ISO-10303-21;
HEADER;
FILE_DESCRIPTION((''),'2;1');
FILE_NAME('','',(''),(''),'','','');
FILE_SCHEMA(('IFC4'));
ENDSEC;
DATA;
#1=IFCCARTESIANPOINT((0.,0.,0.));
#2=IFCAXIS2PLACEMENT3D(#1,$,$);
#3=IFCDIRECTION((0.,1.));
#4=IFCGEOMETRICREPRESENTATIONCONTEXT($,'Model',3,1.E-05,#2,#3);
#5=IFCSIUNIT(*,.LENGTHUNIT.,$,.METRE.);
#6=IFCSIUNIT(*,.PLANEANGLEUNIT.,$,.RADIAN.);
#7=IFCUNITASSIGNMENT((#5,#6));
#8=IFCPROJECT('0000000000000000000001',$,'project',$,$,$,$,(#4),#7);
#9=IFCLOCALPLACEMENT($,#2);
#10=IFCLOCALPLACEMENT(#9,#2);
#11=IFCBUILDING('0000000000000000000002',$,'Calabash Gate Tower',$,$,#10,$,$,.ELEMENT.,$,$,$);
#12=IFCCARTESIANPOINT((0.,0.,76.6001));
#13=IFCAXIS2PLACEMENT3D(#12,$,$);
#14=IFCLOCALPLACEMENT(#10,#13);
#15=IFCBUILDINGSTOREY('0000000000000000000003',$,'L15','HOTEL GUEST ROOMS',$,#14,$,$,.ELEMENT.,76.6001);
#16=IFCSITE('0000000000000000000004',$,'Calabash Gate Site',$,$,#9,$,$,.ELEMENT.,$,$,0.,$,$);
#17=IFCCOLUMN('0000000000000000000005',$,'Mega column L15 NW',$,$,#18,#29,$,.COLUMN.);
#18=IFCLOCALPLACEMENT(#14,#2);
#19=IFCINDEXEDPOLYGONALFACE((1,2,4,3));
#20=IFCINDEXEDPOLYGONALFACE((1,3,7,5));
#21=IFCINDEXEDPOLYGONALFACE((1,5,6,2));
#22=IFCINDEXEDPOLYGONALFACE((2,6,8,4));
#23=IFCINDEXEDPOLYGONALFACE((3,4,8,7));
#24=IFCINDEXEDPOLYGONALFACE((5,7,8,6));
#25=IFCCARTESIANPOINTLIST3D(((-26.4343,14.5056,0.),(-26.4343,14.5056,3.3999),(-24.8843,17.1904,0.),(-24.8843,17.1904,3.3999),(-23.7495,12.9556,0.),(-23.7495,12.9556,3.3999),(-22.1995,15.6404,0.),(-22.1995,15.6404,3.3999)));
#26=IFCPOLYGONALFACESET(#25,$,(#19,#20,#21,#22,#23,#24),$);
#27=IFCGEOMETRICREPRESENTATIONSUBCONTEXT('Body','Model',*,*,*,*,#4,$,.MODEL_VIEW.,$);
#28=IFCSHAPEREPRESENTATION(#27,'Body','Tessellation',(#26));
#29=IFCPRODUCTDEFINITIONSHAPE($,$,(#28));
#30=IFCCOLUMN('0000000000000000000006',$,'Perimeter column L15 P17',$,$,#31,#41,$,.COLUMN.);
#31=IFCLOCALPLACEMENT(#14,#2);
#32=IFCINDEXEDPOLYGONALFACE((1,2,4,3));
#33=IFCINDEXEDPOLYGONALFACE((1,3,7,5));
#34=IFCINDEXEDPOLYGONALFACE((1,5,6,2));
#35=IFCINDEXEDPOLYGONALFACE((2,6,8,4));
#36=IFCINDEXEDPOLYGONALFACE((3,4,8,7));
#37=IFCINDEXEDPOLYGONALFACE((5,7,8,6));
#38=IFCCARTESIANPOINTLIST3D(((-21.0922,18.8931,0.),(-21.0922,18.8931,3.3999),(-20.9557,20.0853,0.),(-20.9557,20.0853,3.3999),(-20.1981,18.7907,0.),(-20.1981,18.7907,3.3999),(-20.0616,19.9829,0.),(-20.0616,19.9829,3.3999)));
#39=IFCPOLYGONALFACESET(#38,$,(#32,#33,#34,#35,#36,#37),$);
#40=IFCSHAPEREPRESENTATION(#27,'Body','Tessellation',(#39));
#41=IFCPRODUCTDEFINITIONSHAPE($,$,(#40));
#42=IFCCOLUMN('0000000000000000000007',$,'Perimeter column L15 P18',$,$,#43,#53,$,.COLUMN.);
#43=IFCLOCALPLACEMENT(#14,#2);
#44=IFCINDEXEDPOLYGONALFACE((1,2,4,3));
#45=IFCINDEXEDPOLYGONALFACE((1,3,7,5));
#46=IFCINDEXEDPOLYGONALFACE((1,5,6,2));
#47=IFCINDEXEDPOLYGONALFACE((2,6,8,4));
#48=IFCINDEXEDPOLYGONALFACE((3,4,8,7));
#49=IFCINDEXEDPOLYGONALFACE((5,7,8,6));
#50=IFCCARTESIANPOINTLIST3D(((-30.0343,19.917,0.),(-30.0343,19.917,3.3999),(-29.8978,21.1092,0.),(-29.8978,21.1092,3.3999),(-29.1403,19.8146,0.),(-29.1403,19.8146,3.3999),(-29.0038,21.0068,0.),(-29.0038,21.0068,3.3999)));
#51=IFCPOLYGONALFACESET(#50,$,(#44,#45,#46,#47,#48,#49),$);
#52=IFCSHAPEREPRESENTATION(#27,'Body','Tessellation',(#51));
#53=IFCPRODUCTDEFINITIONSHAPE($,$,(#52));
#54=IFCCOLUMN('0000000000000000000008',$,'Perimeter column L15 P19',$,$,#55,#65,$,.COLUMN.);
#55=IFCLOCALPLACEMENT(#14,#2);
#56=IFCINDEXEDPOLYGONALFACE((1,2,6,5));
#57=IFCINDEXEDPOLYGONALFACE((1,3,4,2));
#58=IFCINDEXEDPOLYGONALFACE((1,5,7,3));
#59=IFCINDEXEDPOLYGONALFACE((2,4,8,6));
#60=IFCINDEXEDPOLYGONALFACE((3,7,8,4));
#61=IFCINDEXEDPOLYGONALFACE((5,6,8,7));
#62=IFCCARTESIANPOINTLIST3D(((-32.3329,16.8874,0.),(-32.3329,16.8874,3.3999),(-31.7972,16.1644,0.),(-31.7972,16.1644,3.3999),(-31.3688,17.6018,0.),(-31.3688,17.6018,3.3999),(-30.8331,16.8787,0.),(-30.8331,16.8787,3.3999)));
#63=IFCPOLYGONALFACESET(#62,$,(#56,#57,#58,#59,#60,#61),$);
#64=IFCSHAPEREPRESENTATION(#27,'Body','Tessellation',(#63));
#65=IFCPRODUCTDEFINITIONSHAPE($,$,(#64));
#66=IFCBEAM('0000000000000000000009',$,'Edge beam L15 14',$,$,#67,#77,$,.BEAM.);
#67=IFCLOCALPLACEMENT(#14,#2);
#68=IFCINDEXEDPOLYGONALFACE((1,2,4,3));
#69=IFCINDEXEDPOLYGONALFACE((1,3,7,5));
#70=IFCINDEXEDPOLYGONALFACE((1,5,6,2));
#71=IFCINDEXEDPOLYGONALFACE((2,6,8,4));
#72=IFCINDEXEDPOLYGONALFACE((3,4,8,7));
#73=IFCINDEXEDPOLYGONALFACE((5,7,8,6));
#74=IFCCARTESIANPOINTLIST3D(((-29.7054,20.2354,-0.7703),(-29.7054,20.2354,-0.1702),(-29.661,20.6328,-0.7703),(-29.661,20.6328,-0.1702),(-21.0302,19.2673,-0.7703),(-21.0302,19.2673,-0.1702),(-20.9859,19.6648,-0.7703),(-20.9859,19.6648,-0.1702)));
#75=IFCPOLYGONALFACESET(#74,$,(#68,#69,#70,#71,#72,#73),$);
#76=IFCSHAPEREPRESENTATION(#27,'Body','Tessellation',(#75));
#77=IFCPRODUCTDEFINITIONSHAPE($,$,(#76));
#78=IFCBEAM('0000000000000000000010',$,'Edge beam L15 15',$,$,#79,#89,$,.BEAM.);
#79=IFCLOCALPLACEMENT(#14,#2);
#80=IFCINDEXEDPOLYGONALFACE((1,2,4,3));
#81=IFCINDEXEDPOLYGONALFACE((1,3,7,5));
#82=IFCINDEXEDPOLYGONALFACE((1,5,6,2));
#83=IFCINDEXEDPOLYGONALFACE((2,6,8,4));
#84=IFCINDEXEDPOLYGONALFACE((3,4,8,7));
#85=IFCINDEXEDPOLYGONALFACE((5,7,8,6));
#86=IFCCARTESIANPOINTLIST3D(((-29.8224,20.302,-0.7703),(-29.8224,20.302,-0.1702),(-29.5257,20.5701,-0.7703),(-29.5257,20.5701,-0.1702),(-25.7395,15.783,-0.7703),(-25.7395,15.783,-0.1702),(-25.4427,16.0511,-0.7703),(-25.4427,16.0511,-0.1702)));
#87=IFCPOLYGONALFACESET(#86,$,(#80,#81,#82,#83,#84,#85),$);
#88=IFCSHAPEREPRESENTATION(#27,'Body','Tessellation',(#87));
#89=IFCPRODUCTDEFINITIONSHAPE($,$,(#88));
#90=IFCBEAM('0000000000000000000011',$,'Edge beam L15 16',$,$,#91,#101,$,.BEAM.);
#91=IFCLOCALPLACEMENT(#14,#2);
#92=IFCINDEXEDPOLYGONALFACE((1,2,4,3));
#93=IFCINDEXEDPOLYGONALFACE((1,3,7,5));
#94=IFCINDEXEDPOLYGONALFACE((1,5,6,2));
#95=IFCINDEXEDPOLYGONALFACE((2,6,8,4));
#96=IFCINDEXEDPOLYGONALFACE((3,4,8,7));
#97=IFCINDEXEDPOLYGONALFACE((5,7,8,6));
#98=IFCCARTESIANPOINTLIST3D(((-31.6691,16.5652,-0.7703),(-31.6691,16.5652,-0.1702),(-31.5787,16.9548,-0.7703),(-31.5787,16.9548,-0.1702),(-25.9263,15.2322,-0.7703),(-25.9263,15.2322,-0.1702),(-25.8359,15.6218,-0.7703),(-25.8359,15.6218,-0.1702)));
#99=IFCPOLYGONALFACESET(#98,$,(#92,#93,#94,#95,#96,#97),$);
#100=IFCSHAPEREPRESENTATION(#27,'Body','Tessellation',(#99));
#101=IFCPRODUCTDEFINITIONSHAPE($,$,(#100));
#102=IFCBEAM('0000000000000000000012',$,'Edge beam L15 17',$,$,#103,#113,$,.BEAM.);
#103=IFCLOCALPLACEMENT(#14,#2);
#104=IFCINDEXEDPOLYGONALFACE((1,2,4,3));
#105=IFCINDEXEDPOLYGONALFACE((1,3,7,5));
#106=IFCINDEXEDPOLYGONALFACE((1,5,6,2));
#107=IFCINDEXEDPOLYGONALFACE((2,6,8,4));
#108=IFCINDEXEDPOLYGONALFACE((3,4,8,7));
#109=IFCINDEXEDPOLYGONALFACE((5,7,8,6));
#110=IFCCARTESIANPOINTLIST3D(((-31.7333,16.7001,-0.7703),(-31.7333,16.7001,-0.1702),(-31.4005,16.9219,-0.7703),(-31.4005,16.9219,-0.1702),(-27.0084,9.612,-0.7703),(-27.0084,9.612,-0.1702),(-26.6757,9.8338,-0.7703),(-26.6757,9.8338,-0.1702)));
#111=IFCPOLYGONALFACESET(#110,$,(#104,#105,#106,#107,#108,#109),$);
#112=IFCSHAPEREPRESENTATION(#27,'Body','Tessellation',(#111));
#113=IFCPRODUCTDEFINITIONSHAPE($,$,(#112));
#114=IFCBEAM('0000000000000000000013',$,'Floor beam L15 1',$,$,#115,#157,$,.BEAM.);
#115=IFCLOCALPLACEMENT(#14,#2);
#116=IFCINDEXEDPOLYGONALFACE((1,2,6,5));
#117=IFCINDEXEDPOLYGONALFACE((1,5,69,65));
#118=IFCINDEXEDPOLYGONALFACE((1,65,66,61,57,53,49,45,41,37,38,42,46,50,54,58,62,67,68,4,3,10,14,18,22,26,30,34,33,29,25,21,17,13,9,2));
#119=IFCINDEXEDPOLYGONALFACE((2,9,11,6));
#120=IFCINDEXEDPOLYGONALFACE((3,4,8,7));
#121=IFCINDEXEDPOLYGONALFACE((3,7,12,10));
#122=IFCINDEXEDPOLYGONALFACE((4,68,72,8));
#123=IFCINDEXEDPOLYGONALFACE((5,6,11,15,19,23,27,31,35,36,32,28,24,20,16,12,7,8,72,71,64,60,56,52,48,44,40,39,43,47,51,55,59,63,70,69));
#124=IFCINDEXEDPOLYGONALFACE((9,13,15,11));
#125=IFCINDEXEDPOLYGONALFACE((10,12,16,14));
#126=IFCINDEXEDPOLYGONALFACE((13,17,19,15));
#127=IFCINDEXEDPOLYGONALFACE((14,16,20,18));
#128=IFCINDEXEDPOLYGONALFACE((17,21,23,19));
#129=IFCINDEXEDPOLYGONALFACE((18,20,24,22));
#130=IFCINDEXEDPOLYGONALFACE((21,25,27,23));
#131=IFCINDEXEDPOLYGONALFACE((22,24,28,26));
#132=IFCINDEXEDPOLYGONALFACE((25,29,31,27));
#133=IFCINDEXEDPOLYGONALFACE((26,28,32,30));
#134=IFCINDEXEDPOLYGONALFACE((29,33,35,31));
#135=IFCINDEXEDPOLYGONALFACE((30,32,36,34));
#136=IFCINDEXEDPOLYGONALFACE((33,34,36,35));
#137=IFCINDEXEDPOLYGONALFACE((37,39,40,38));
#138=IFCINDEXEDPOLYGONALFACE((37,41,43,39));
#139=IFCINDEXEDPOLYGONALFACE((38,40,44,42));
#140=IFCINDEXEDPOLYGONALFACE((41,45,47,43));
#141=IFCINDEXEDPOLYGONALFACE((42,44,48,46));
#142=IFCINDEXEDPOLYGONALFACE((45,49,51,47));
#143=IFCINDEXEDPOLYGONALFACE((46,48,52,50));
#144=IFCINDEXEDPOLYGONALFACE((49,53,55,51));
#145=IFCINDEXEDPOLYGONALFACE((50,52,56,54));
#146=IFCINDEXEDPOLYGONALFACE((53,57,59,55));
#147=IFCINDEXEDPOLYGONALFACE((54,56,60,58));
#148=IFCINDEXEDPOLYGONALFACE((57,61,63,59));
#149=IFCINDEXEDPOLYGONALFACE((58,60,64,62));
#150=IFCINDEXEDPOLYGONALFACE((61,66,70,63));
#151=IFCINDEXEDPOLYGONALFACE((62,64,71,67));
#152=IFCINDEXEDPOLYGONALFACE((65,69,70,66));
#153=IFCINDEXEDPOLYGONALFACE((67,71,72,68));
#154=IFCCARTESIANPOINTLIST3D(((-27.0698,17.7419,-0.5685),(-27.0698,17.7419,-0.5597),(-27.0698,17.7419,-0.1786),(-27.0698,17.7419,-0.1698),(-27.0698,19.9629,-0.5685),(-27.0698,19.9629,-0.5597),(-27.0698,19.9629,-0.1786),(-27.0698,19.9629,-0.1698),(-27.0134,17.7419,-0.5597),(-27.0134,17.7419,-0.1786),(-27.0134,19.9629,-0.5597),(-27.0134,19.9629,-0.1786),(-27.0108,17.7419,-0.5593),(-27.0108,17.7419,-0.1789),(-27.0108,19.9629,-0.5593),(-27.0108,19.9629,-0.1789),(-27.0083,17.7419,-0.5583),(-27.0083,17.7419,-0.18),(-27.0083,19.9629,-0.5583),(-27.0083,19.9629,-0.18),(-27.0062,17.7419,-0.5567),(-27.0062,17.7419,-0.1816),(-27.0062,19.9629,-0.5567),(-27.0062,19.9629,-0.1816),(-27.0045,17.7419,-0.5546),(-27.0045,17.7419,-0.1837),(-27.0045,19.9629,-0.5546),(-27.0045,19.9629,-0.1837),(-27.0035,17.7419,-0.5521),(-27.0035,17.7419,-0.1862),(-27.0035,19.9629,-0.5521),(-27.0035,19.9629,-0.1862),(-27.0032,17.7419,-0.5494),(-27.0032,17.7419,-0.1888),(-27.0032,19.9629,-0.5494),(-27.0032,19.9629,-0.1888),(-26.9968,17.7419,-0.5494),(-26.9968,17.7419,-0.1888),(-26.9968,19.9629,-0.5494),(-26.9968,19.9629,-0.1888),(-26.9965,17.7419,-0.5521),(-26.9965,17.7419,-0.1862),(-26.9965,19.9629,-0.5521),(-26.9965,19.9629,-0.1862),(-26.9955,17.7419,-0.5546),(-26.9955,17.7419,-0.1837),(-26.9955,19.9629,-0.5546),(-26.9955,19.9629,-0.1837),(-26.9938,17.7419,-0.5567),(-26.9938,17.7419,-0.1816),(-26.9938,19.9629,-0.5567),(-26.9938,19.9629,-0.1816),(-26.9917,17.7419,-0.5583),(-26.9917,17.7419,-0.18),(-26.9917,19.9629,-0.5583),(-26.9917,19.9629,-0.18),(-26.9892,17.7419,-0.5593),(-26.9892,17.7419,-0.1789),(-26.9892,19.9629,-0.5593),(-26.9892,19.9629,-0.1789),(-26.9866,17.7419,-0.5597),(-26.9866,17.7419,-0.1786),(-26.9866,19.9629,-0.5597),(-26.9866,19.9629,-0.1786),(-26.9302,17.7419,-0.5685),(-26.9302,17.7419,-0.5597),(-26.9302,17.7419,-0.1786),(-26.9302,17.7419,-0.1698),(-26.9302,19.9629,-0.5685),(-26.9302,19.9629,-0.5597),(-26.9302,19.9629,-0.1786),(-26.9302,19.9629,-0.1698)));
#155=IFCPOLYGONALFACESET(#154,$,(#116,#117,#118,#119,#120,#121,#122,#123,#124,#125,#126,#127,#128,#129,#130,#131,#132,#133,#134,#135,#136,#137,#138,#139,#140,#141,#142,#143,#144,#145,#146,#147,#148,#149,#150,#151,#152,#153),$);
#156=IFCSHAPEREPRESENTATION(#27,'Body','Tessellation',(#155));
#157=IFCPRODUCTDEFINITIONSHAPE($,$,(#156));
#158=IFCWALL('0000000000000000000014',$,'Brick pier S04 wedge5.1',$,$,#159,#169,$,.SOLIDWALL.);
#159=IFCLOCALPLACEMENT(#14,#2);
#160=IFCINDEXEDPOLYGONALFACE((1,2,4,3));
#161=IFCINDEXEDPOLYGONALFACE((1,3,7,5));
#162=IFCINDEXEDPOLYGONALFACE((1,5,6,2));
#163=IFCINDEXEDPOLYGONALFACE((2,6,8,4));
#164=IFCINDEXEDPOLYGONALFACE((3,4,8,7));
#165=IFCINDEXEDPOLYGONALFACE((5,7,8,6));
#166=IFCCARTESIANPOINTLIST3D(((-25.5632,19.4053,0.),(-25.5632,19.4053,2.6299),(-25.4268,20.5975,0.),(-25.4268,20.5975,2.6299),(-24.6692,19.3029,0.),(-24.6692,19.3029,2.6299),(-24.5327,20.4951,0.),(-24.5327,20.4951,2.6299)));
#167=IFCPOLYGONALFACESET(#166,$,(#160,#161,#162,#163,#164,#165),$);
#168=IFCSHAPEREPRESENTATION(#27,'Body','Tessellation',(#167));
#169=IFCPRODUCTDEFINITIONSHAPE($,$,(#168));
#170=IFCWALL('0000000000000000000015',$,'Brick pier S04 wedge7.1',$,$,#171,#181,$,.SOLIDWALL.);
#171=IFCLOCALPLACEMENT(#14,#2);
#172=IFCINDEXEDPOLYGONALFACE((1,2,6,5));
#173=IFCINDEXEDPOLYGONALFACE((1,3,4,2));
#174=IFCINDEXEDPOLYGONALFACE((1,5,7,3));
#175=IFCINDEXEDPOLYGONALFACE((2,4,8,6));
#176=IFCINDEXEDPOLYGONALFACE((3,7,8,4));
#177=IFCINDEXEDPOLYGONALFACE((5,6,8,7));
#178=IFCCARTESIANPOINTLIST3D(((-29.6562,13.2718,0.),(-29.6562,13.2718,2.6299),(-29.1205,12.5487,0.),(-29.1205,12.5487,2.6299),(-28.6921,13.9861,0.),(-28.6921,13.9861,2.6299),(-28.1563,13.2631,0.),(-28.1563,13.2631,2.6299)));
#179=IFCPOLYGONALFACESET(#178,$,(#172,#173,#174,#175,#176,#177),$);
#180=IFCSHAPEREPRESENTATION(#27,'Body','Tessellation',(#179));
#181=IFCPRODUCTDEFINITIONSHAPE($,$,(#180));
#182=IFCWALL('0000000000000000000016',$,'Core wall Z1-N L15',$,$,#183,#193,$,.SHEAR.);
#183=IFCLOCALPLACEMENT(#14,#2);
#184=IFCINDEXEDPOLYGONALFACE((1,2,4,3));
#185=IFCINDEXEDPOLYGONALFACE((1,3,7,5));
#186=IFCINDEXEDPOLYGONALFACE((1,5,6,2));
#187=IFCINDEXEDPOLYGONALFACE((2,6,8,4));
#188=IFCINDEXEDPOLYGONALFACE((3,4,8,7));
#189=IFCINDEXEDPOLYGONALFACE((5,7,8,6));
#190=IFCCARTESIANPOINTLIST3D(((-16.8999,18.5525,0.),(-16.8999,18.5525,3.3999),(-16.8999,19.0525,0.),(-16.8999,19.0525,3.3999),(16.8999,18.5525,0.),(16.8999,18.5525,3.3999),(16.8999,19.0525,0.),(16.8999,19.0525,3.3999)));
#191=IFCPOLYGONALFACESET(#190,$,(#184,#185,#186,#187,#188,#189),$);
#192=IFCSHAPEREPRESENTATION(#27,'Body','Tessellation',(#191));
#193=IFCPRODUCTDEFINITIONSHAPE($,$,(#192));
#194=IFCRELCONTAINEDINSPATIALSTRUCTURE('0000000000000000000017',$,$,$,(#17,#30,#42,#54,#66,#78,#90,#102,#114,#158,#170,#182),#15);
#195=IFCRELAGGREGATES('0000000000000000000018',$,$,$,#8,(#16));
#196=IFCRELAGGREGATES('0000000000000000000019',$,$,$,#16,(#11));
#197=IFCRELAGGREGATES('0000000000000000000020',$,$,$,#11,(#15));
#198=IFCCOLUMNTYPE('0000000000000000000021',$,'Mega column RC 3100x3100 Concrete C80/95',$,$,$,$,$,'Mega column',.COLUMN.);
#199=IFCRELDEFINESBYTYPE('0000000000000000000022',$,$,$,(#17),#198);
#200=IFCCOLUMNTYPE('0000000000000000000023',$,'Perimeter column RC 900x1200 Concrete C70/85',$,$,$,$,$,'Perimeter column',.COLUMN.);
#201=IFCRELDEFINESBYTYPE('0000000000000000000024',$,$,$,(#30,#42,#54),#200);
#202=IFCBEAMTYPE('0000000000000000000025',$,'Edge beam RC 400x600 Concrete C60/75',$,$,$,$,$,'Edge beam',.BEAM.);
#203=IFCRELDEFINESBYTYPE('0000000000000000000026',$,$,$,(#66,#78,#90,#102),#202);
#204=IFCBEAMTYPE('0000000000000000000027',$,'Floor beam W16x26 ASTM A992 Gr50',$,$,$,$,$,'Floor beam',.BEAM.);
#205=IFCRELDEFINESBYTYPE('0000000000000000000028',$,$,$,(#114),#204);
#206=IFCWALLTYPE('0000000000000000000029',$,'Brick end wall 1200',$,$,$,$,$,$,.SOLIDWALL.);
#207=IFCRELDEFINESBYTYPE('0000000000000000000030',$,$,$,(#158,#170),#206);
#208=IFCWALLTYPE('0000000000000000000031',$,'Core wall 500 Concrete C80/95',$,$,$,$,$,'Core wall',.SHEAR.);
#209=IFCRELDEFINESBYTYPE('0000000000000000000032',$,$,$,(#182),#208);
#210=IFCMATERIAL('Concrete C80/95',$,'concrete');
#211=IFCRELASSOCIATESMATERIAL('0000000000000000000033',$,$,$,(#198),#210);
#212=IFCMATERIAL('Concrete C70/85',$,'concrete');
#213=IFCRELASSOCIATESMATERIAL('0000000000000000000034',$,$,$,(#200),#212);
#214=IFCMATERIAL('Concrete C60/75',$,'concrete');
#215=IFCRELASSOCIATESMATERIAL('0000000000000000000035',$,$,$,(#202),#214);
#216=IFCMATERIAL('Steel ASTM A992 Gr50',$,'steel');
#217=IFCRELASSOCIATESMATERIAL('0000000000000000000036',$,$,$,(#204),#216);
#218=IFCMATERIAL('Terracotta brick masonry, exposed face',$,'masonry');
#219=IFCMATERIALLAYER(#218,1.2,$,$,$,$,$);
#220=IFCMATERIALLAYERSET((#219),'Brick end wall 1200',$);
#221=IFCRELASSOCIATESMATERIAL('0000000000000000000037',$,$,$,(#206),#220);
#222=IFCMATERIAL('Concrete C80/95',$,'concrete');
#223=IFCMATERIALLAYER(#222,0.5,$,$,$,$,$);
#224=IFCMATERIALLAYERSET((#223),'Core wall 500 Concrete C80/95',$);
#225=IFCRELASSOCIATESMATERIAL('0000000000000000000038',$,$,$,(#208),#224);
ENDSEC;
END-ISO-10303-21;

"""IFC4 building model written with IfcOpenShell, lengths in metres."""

from ifc_helpers import new_model, si_unit, direction, frame, frame_2d, origin, origin_2d, place, context, subcontext, project, spatial, rectangle, i_section, extrude, material, layer, layer_set, material_profile, profile_set, type_object, element, save


model = new_model("IFC4")

# Units and contexts
model_context = context("Model", 3, precision=1e-05, world=origin(), true_north=direction((0.0, 1.0)))
body_context = subcontext(model_context, "Body", "Model", "MODEL_VIEW")
ifc_project = project(units=[si_unit("LENGTHUNIT", "METRE"), si_unit("PLANEANGLEUNIT", "RADIAN")], contexts=[model_context])

# Site, building, storey
site_placement = place(None, origin())
site = spatial("IfcSite", under=ifc_project, at=site_placement, Name="Calabash Gate Site", CompositionType="ELEMENT", RefElevation=0.0)
building_placement = place(site_placement, origin())
building = spatial("IfcBuilding", under=site, at=building_placement, Name="Calabash Gate Tower", CompositionType="ELEMENT")
storey_placement = place(building_placement, frame((0.0, 0.0, 76.6001)))
storey = spatial("IfcBuildingStorey", under=building, at=storey_placement, Name="L15", Description="HOTEL GUEST ROOMS", CompositionType="ELEMENT", Elevation=76.6001)

# Columns
ifc_material_1 = material(Name="Concrete C80/95", Category="concrete")
ifc_material_profile_1 = material_profile(ifc_material_1, rectangle(XDim=3.1001, YDim=3.1001, at=origin_2d()))
ifc_profile_set_1 = profile_set([ifc_material_profile_1], Name="Concrete C80/95")
column_type_1 = type_object("IfcColumnType", Name="Mega column RC 3100x3100 Concrete C80/95", ElementType="Mega column", PredefinedType="COLUMN", material=ifc_profile_set_1)
column_placement = place(storey_placement, frame((-24.3169, 15.073, 0.0), z_axis=(0.0, 0.0, 1.0), x_axis=(0.866025, -0.5, 0.0)))
element("IfcColumn", 1, at=column_placement, inside=storey, type_object=column_type_1, Name="Mega column L15 NW", PredefinedType="COLUMN", context=body_context, shape_type="SweptSolid", body=[
    extrude(rectangle(XDim=3.1001, YDim=3.1001, at=origin_2d()), origin(), (0.0, 0.0, 1.0), 3.3999),
])
ifc_material_2 = material(Name="Concrete C70/85", Category="concrete")
ifc_material_profile_2 = material_profile(ifc_material_2, rectangle(XDim=0.8999, YDim=1.2, at=origin_2d()))
ifc_profile_set_2 = profile_set([ifc_material_profile_2], Name="Concrete C70/85")
column_type_2 = type_object("IfcColumnType", Name="Perimeter column RC 900x1200 Concrete C70/85", ElementType="Perimeter column", PredefinedType="COLUMN", material=ifc_profile_set_2)
for number, where, z_axis, x_axis, name in (
    (2, (-20.5769, 19.438, 0.0), (0.0, 0.0, 1.0), (-0.993506, 0.113777, 0.0), "Perimeter column L15 P17"),
    (3, (-29.519, 20.4619, 0.0), (0.0, 0.0, 1.0), (-0.993506, 0.113777, 0.0), "Perimeter column L15 P18"),
    (4, (-31.583, 16.8831, 0.0), (0.0, 0.0, 1.0), (0.595287, -0.803513, 0.0), "Perimeter column L15 P19"),
):
    element("IfcColumn", number, at=place(storey_placement, frame(where, z_axis=z_axis, x_axis=x_axis)), inside=storey, type_object=column_type_2, Name=name, PredefinedType="COLUMN", context=body_context, shape_type="SweptSolid", body=[
        extrude(rectangle(XDim=0.8999, YDim=1.2, at=origin_2d()), origin(), (0.0, 0.0, 1.0), 3.3999),
    ])

# Beams
ifc_material_3 = material(Name="Concrete C60/75", Category="concrete")
ifc_material_profile_3 = material_profile(ifc_material_3, rectangle(XDim=0.3999, YDim=0.6001, at=origin_2d()))
ifc_profile_set_3 = profile_set([ifc_material_profile_3], Name="Concrete C60/75")
beam_type_1 = type_object("IfcBeamType", Name="Edge beam RC 400x600 Concrete C60/75", ElementType="Edge beam", PredefinedType="BEAM", material=ifc_profile_set_3)
beam_1_placement = place(storey_placement, frame((-21.0081, 19.4661, -0.4702), z_axis=(-0.993832, 0.110898, 0.0), x_axis=(-0.110898, -0.993832, 0.0)))
element("IfcBeam", 5, at=beam_1_placement, inside=storey, type_object=beam_type_1, Name="Edge beam L15 14", PredefinedType="BEAM", context=body_context, shape_type="SweptSolid", body=[
    extrude(rectangle(XDim=0.3999, YDim=0.6001, at=origin_2d()), origin(), (0.0, 0.0, 1.0), 8.729),
])
beam_2_placement = place(storey_placement, frame((-29.6741, 20.436, -0.4702), z_axis=(0.670403, -0.741997, 0.0), x_axis=(0.741997, 0.670403, 0.0)))
element("IfcBeam", 6, at=beam_2_placement, inside=storey, type_object=beam_type_1, Name="Edge beam L15 15", PredefinedType="BEAM", context=body_context, shape_type="SweptSolid", body=[
    extrude(rectangle(XDim=0.3999, YDim=0.6001, at=origin_2d()), origin(), (0.0, 0.0, 1.0), 6.0903),
])
beam_3_placement = place(storey_placement, frame((-25.8811, 15.427, -0.4702), z_axis=(-0.974104, 0.226102, 0.0), x_axis=(-0.226102, -0.974104, 0.0)))
element("IfcBeam", 7, at=beam_3_placement, inside=storey, type_object=beam_type_1, Name="Edge beam L15 16", PredefinedType="BEAM", context=body_context, shape_type="SweptSolid", body=[
    extrude(rectangle(XDim=0.3999, YDim=0.6001, at=origin_2d()), origin(), (0.0, 0.0, 1.0), 5.8955),
])
beam_4_placement = place(storey_placement, frame((-31.5669, 16.811, -0.4702), z_axis=(0.554654, -0.832081, 0.0), x_axis=(0.832081, 0.554654, 0.0)))
element("IfcBeam", 8, at=beam_4_placement, inside=storey, type_object=beam_type_1, Name="Edge beam L15 17", PredefinedType="BEAM", context=body_context, shape_type="SweptSolid", body=[
    extrude(rectangle(XDim=0.3999, YDim=0.6001, at=origin_2d()), origin(), (0.0, 0.0, 1.0), 8.5186),
])
ifc_material_4 = material(Name="Steel ASTM A992 Gr50", Category="steel")
ifc_material_profile_4 = material_profile(ifc_material_4, i_section(OverallWidth=0.1396, OverallDepth=0.3987, WebThickness=0.0063, FlangeThickness=0.0088, FilletRadius=0.0103, at=origin_2d()))
ifc_profile_set_4 = profile_set([ifc_material_profile_4], Name="Steel ASTM A992 Gr50")
beam_type_2 = type_object("IfcBeamType", Name="Floor beam W16x26 ASTM A992 Gr50", ElementType="Floor beam", PredefinedType="BEAM", material=ifc_profile_set_4)
beam_5_placement = place(storey_placement, frame((-27.0, 17.7419, -0.3691), z_axis=(0.0, 1.0, 0.0), x_axis=(-1.0, 0.0, 0.0)))
element("IfcBeam", 9, at=beam_5_placement, inside=storey, type_object=beam_type_2, Name="Floor beam L15 1", PredefinedType="BEAM", context=body_context, shape_type="SweptSolid", body=[
    extrude(i_section(OverallWidth=0.1396, OverallDepth=0.3987, WebThickness=0.0063, FlangeThickness=0.0088, FilletRadius=0.0103, at=origin_2d()), origin(), (0.0, 0.0, 1.0), 2.2209),
])

# Walls
ifc_material_5 = material(Name="Terracotta brick masonry, exposed face", Category="masonry")
ifc_layer_1 = layer(ifc_material_5, 1.2)
ifc_layer_set_1 = layer_set([ifc_layer_1], Name="Brick end wall 1200")
wall_type_1 = type_object("IfcWallType", Name="Brick end wall 1200", PredefinedType="SOLIDWALL", material=ifc_layer_set_1)
for number, where, z_axis, x_axis, name in (
    (10, (-25.1162, 19.354, 0.0), (0.0, 0.0, 1.0), (0.113736, 0.993511, 0.0), "Brick pier S04 wedge5.1"),
    (11, (-29.3884, 12.9102, 0.0), (0.0, 0.0, 1.0), (0.803478, 0.595335, 0.0), "Brick pier S04 wedge7.1"),
):
    element("IfcWall", number, at=place(storey_placement, frame(where, z_axis=z_axis, x_axis=x_axis)), inside=storey, type_object=wall_type_1, Name=name, PredefinedType="SOLIDWALL", context=body_context, shape_type="SweptSolid", body=[
        extrude(rectangle(XDim=1.2, YDim=0.8999, at=frame_2d((0.6001, 0.0))), origin(), (0.0, 0.0, 1.0), 2.6299),
    ])
ifc_material_6 = material(Name="Concrete C80/95", Category="concrete")
ifc_layer_2 = layer(ifc_material_6, 0.5)
ifc_layer_set_2 = layer_set([ifc_layer_2], Name="Core wall 500 Concrete C80/95")
wall_type_2 = type_object("IfcWallType", Name="Core wall 500 Concrete C80/95", ElementType="Core wall", PredefinedType="SHEAR", material=ifc_layer_set_2)
wall_1_placement = place(storey_placement, frame((-16.8999, 18.8025, 0.0), z_axis=(0.0, 0.0, 1.0), x_axis=(1.0, 0.0, 0.0)))
element("IfcWall", 12, at=wall_1_placement, inside=storey, type_object=wall_type_2, Name="Core wall Z1-N L15", PredefinedType="SHEAR", context=body_context, shape_type="SweptSolid", body=[
    extrude(rectangle(XDim=33.7998, YDim=0.5, at=frame_2d((16.8999, 0.0))), origin(), (0.0, 0.0, 1.0), 3.3999),
])

save(model, "model.ifc")
